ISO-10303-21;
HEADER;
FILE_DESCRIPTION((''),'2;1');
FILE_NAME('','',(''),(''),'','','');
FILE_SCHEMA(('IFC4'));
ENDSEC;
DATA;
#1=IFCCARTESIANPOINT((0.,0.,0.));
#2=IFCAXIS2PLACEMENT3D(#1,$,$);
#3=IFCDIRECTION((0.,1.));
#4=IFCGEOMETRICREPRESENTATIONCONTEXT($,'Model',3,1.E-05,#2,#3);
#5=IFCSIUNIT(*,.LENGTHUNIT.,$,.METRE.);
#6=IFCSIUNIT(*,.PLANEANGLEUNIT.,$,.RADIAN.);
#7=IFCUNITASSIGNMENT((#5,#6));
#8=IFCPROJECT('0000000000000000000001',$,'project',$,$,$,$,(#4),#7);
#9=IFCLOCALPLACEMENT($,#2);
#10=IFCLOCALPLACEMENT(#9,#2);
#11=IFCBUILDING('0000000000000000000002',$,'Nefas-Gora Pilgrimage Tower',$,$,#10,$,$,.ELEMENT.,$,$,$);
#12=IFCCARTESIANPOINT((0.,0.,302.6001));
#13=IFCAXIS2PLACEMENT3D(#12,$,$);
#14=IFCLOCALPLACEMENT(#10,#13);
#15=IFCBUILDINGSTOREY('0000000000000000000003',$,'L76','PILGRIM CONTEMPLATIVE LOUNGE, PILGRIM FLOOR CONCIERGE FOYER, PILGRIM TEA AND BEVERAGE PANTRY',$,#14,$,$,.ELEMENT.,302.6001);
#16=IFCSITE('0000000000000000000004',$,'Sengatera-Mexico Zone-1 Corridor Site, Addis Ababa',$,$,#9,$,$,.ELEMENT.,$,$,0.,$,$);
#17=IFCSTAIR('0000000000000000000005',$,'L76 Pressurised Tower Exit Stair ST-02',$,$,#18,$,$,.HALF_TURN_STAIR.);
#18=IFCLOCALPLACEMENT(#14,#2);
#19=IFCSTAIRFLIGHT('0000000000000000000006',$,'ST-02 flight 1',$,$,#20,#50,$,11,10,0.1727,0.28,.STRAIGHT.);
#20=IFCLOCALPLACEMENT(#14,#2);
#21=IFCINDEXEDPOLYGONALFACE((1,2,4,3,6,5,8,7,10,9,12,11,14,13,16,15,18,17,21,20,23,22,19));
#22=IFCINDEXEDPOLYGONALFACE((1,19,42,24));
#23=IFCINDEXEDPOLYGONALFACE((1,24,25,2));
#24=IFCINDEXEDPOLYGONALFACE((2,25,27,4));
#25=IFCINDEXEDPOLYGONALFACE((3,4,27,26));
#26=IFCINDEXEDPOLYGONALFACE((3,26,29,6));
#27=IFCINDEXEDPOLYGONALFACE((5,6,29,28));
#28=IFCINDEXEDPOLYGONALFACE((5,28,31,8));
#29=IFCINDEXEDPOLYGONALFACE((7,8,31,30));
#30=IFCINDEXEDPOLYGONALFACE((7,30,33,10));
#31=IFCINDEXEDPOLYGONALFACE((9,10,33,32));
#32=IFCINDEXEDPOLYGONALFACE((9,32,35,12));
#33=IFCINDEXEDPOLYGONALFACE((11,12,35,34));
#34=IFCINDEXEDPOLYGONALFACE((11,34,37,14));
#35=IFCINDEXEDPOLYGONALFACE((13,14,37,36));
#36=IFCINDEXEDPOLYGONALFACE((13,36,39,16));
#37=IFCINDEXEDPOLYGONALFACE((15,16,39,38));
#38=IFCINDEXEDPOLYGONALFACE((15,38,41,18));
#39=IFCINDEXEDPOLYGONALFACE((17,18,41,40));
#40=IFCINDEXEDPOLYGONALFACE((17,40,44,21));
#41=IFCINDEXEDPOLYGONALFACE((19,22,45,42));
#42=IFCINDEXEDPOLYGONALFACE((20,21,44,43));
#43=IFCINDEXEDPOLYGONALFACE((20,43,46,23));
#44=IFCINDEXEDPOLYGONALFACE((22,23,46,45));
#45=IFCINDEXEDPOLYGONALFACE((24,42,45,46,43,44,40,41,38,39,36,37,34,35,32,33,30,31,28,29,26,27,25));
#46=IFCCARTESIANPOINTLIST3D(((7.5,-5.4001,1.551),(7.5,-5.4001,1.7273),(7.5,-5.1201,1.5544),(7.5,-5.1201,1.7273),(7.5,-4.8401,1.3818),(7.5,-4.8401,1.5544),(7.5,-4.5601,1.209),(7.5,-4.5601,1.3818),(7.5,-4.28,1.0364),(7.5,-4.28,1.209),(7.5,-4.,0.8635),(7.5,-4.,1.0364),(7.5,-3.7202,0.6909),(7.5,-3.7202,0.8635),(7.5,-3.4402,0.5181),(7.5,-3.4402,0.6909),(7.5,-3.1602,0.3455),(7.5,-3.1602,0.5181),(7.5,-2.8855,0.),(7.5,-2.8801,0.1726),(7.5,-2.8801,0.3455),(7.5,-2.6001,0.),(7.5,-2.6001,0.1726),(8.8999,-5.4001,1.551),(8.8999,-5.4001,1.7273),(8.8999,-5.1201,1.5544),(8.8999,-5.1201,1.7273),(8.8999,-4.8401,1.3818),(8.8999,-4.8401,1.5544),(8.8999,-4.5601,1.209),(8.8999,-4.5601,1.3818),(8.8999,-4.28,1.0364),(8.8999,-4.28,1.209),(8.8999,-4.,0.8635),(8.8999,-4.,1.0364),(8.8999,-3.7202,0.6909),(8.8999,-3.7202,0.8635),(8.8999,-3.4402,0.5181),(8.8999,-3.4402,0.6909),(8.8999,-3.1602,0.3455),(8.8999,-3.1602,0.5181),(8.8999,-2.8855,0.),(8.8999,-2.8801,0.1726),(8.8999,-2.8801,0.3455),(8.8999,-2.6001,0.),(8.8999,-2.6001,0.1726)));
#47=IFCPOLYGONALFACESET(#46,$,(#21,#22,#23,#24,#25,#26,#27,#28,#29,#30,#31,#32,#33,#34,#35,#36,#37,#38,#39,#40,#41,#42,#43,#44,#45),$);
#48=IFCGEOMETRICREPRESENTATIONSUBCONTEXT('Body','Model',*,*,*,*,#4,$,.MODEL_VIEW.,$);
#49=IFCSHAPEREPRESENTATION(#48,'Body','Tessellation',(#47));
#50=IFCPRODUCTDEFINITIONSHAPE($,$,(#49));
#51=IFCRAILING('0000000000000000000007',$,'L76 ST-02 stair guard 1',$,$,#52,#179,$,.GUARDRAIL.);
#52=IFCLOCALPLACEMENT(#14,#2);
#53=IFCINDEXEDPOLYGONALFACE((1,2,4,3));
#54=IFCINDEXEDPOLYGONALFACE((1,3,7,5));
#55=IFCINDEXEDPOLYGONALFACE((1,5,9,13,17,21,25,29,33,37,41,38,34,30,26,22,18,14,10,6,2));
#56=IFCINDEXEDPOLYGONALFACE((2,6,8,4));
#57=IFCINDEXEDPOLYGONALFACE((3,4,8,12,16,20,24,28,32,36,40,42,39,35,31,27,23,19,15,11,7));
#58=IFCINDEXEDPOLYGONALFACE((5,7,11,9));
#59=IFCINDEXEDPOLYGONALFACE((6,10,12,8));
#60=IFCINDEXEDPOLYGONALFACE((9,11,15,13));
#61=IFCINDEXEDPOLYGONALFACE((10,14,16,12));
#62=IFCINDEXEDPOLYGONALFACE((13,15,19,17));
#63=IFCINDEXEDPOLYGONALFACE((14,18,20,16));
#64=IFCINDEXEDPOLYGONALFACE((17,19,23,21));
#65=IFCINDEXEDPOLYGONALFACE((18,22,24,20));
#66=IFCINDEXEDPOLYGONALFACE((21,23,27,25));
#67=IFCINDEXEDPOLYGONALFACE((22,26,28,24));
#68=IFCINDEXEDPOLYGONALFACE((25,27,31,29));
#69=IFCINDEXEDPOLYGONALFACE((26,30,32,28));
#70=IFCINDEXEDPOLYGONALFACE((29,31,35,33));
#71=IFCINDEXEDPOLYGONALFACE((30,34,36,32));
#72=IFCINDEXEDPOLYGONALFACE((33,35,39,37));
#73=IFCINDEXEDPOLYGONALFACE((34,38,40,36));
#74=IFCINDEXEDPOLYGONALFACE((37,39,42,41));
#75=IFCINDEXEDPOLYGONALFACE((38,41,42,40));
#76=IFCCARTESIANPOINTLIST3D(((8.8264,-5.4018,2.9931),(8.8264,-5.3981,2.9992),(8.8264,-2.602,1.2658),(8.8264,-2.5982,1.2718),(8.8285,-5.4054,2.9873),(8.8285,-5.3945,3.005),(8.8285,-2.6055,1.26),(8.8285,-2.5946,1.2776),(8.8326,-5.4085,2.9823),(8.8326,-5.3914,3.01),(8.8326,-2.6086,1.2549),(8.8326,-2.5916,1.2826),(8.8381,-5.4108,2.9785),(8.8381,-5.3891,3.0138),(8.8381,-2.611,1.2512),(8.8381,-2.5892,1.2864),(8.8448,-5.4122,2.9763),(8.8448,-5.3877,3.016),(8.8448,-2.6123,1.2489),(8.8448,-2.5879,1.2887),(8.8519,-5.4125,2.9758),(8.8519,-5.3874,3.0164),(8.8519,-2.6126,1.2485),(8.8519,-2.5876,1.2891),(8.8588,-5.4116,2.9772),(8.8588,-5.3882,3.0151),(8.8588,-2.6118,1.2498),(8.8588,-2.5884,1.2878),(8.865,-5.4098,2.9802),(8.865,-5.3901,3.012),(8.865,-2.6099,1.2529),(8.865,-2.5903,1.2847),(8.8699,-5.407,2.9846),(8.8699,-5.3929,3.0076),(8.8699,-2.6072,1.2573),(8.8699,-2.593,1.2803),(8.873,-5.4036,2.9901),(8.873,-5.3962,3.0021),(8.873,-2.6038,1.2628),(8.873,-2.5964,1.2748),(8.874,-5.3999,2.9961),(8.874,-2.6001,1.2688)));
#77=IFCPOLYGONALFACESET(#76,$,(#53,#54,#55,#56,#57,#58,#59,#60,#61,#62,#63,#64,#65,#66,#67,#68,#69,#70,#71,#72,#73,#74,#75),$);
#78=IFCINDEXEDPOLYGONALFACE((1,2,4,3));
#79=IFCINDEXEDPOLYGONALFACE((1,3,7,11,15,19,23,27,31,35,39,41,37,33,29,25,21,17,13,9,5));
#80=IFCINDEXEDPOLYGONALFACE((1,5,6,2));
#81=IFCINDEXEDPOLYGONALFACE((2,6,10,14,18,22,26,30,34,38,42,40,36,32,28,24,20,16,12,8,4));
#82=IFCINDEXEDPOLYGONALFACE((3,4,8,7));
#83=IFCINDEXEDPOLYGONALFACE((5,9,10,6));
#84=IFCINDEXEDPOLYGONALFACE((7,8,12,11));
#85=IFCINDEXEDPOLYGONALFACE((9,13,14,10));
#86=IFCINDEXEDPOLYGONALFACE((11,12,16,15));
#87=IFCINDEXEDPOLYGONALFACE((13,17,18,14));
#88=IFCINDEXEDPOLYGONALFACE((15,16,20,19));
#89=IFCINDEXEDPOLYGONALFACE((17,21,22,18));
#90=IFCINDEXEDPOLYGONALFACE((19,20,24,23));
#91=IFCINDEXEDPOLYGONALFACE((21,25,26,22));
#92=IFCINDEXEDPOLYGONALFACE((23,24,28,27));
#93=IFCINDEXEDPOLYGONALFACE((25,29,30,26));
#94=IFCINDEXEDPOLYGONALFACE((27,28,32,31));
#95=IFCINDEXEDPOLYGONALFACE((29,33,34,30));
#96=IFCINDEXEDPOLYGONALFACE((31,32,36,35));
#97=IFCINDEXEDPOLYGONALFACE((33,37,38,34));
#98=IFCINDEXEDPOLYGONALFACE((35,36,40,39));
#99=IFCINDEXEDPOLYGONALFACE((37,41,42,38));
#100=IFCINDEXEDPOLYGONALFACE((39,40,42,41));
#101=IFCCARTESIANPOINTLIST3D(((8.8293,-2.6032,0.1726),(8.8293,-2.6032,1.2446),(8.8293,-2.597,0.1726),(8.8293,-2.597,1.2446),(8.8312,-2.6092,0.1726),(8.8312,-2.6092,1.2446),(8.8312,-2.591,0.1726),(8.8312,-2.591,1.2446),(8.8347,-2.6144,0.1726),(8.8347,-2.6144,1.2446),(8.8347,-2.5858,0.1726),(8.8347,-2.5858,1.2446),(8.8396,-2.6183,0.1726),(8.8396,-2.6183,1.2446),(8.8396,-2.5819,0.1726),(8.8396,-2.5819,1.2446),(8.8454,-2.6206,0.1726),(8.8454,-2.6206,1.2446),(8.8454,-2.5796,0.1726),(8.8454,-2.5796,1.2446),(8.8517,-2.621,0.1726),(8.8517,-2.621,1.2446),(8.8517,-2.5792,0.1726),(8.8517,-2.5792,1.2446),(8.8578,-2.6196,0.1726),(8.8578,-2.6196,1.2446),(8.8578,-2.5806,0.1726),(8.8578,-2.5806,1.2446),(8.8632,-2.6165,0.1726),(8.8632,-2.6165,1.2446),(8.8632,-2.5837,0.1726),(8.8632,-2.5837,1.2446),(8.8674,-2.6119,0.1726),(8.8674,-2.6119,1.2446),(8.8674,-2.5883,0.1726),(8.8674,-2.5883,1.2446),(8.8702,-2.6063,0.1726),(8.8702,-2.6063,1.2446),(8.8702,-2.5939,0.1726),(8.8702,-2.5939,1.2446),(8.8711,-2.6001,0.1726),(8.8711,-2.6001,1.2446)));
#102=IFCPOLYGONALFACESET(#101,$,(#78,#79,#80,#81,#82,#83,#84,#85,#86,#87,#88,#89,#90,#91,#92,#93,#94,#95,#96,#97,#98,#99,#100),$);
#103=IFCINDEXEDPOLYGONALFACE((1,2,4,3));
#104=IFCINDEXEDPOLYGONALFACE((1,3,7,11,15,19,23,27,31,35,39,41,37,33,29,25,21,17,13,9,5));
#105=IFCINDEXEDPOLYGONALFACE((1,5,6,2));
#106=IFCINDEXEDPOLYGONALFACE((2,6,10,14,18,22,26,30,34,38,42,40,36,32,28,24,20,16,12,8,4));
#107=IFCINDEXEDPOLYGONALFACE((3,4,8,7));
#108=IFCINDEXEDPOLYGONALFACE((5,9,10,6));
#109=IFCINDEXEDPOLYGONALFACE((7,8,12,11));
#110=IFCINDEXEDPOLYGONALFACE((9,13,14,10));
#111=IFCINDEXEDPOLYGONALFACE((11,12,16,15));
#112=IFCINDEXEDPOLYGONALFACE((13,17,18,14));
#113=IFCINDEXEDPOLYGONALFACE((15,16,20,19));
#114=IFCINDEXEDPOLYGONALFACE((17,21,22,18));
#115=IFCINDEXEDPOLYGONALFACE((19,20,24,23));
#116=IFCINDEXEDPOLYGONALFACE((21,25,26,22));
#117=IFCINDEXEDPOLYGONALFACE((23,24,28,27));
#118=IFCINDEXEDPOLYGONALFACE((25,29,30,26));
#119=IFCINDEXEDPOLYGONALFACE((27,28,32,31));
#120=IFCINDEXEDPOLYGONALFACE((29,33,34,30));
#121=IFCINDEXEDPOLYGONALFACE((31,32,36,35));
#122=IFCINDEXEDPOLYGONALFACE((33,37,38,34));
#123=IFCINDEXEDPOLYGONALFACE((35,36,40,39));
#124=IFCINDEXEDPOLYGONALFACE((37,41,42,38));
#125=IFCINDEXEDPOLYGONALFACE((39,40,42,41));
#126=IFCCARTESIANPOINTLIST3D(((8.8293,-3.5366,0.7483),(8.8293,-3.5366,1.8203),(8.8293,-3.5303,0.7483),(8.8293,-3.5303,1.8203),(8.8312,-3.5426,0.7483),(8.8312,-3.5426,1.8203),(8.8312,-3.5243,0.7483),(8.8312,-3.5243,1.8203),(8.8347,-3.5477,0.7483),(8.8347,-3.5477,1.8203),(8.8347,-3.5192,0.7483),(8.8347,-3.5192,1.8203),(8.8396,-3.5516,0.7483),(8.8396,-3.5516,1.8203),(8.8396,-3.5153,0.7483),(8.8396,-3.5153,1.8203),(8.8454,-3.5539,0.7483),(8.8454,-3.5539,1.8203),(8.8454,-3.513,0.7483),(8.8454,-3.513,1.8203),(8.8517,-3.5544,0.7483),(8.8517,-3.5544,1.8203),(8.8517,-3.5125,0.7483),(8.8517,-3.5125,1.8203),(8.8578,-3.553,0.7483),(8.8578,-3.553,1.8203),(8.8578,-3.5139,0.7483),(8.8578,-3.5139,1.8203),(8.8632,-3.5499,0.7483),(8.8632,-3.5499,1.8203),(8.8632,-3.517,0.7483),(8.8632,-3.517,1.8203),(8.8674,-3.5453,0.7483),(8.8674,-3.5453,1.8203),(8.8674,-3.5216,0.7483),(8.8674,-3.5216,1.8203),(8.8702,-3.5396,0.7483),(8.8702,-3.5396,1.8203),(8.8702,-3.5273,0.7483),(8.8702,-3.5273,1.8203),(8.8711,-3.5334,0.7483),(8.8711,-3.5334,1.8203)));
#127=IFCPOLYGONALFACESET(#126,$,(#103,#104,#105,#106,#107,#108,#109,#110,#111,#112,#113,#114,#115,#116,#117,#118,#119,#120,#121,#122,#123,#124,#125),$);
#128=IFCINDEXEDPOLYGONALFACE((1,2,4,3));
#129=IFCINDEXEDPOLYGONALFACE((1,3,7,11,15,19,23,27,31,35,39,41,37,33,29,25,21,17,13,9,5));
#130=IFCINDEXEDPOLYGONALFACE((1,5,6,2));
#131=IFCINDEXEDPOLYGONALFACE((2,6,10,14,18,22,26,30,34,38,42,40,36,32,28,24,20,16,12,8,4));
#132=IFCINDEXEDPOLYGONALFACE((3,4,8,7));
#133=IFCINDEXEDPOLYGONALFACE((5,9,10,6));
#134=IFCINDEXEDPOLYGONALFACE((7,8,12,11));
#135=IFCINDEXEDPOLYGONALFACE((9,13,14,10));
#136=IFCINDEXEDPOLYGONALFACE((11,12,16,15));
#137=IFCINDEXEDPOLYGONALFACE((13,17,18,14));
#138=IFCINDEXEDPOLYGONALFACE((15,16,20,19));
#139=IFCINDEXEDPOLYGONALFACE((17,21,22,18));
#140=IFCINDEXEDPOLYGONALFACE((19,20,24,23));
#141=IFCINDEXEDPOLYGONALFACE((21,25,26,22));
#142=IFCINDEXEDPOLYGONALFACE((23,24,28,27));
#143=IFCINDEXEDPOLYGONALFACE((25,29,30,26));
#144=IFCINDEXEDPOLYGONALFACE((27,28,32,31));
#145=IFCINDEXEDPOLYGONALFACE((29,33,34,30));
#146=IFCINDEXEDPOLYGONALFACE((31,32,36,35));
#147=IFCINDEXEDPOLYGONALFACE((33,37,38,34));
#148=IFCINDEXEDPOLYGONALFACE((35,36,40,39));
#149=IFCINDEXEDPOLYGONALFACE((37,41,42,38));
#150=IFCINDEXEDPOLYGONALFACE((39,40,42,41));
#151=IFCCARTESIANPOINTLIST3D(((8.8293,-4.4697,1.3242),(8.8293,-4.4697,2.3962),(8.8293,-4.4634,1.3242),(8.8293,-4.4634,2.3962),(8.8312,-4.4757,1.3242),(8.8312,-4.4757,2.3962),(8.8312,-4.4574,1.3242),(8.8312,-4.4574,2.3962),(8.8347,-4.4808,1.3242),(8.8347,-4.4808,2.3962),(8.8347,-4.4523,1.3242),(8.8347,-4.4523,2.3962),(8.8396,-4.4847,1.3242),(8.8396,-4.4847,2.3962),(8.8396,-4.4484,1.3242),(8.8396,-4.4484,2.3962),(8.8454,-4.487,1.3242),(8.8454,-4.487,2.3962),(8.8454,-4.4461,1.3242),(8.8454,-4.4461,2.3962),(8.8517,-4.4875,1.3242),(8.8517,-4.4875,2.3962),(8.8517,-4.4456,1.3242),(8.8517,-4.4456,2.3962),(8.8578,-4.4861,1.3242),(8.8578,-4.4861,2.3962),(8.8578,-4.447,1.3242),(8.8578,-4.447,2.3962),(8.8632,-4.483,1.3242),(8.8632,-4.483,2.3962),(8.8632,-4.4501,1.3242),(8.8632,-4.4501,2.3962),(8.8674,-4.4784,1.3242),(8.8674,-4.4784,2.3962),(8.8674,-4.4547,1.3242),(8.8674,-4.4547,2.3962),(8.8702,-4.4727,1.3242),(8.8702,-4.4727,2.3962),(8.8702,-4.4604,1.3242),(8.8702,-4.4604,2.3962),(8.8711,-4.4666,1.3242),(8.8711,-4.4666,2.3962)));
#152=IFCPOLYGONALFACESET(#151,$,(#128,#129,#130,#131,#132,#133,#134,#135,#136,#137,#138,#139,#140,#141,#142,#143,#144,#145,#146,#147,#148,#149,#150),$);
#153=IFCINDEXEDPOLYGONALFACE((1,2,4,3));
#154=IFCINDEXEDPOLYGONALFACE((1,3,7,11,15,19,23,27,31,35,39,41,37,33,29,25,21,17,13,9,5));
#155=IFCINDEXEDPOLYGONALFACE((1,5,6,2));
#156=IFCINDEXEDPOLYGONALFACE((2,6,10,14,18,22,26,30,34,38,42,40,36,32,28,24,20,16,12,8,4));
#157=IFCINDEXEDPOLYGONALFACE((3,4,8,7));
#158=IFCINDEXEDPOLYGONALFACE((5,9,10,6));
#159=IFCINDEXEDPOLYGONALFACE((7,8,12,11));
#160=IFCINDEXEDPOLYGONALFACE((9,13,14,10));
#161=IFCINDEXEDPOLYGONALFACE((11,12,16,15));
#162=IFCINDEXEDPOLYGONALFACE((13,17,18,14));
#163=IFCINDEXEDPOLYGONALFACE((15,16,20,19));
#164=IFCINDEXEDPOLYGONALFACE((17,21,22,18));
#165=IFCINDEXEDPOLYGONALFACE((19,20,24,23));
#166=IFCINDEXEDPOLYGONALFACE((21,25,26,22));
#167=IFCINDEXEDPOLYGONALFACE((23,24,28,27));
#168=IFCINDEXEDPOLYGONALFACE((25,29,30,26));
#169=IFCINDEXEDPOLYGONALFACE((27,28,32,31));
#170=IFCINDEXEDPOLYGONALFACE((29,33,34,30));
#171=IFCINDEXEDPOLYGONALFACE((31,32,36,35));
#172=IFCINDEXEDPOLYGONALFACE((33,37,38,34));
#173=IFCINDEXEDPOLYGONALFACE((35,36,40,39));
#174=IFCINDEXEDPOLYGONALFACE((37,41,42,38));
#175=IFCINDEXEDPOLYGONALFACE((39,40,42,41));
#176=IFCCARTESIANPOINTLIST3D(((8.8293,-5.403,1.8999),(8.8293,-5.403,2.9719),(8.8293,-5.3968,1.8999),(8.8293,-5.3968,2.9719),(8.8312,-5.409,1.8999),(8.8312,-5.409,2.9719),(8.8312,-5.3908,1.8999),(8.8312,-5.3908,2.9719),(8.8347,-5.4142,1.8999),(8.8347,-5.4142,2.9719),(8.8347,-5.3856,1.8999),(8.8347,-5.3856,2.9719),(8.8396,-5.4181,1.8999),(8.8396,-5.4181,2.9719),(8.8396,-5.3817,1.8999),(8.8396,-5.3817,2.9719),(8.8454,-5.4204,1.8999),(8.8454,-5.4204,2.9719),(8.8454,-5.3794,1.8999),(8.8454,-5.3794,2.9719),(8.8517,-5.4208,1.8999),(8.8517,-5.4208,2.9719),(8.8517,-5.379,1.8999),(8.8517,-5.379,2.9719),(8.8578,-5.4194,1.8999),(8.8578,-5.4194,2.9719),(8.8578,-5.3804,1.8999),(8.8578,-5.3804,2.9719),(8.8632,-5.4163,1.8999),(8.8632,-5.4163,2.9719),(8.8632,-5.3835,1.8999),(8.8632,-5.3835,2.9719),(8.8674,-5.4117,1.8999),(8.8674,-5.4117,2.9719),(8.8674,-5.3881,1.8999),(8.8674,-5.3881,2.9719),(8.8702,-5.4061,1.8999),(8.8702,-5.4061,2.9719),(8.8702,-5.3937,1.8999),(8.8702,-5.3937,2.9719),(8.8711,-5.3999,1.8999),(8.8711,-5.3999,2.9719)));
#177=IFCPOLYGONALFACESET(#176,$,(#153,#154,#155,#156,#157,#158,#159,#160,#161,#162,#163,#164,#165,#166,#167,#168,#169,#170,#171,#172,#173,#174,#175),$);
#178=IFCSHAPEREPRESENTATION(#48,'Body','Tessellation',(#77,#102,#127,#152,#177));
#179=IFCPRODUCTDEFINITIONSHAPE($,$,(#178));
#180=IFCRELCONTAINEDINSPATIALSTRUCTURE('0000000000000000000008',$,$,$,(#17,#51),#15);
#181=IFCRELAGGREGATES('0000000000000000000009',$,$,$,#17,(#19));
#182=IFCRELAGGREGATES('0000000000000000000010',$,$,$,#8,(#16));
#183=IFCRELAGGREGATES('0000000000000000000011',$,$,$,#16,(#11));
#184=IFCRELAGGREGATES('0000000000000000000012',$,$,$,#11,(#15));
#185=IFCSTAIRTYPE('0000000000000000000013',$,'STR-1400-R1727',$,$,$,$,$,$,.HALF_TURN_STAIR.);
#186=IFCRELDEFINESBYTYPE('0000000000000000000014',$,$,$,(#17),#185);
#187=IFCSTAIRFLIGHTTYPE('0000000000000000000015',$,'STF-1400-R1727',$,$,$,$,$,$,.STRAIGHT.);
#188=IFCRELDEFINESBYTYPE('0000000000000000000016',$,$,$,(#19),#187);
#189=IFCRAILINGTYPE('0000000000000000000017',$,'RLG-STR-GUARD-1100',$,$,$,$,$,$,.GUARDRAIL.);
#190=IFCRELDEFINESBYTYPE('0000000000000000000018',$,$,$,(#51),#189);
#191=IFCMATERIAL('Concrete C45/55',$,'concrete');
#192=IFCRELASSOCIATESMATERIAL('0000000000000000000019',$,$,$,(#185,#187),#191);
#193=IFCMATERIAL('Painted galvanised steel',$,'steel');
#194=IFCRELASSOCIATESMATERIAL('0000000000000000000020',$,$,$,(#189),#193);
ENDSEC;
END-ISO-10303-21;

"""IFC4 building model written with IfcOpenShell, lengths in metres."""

from ifc_helpers import new_model, si_unit, direction, frame, origin, origin_2d, place, context, subcontext, project, spatial, polyline, circle, outline, extrude, source, transform, mapped, material, type_object, element, aggregate, save


model = new_model("IFC4")

# Units and contexts
model_context = context("Model", 3, precision=1e-05, world=origin(), true_north=direction((0.0, 1.0)))
body_context = subcontext(model_context, "Body", "Model", "MODEL_VIEW")
ifc_project = project(units=[si_unit("LENGTHUNIT", "METRE"), si_unit("PLANEANGLEUNIT", "RADIAN")], contexts=[model_context])

# Site, building, storey
site_placement = place(None, origin())
site = spatial("IfcSite", under=ifc_project, at=site_placement, Name="Sengatera-Mexico Zone-1 Corridor Site, Addis Ababa", CompositionType="ELEMENT", RefElevation=0.0)
building_placement = place(site_placement, origin())
building = spatial("IfcBuilding", under=site, at=building_placement, Name="Nefas-Gora Pilgrimage Tower", CompositionType="ELEMENT")
storey_placement = place(building_placement, frame((0.0, 0.0, 302.6001)))
storey = spatial("IfcBuildingStorey", under=building, at=storey_placement, Name="L76", Description="PILGRIM CONTEMPLATIVE LOUNGE, PILGRIM FLOOR CONCIERGE FOYER, PILGRIM TEA AND BEVERAGE PANTRY", CompositionType="ELEMENT", Elevation=302.6001)

# Shared definitions
ifc_material_1 = material(Name="Concrete C45/55", Category="concrete")

# Stair, stair flight
stair_type = type_object("IfcStairType", Name="STR-1400-R1727", PredefinedType="HALF_TURN_STAIR", material=ifc_material_1)
stair_placement = place(storey_placement, origin())
stair = element("IfcStair", 1, at=stair_placement, inside=storey, type_object=stair_type, Name="L76 Pressurised Tower Exit Stair ST-02", PredefinedType="HALF_TURN_STAIR")
stair_flight_type = type_object("IfcStairFlightType", Name="STF-1400-R1727", PredefinedType="STRAIGHT", material=ifc_material_1)
shared_shape_1 = source(origin(), body_context, "Body", "SweptSolid", [
    extrude(outline(polyline([(0.0, 0.0), (0.0, 0.1726), (0.28, 0.1726), (0.28, 0.3455), (0.5601, 0.3455), (0.5601, 0.5181), (0.8401, 0.5181), (0.8401, 0.6909), (1.1201, 0.6909), (1.1201, 0.8635), (1.3999, 0.8635), (1.3999, 1.0364), (1.6799, 1.0364), (1.6799, 1.209), (1.96, 1.209), (1.96, 1.3818), (2.24, 1.3818), (2.24, 1.5544), (2.52, 1.5544), (2.52, 1.7273), (2.8, 1.7273), (2.8, 1.8999), (2.8, 1.551), (0.2854, 0.0), (0.0, 0.0)])), frame((0.0, 0.7, 0.0), z_axis=(0.0, -1.0, 0.0), x_axis=(1.0, 0.0, 0.0)), (0.0, 0.0, 1.0), 1.3999),
])
stair_flight_placement = place(storey_placement, frame((8.2, -2.6001, 0.0), z_axis=(0.0, 0.0, 1.0), x_axis=(0.0, -1.0, 0.0)))
stair_flight = element("IfcStairFlight", 2, at=stair_flight_placement, type_object=stair_flight_type, Name="ST-02 flight 1", NumberOfRisers=11, NumberOfTreads=10, PredefinedType="STRAIGHT", RiserHeight=0.1727, TreadLength=0.28, context=body_context, shape_type="MappedRepresentation", body=[
    mapped(shared_shape_1, transform((0.0, 0.0, 0.0), x_axis=(1.0, 0.0, 0.0), y_axis=(0.0, 1.0, 0.0), z_axis=(0.0, 0.0, 1.0), scale=1.0)),
])
aggregate(stair, [stair_flight])

# Railing
ifc_material_2 = material(Name="Painted galvanised steel", Category="steel")
railing_type_1 = type_object("IfcRailingType", Name="RLG-STR-GUARD-1100", PredefinedType="GUARDRAIL", material=ifc_material_2)
railing_1_placement = place(storey_placement, frame((8.8501, -2.6001, 0.1726)))
element("IfcRailing", 3, at=railing_1_placement, inside=storey, type_object=railing_type_1, Name="L76 ST-02 stair guard 1", PredefinedType="GUARDRAIL", context=body_context, shape_type="SweptSolid", body=[
    extrude(circle(Radius=0.0239, at=origin_2d()), frame((0.0, 0.0, 1.0962), z_axis=(0.0, -0.851069, 0.525054), x_axis=(1.0, 0.0, 0.0)), (0.0, 0.0, 1.0), 3.2898),
    extrude(circle(Radius=0.021, at=origin_2d()), origin(), (0.0, 0.0, 1.0), 1.072),
    extrude(circle(Radius=0.021, at=origin_2d()), frame((0.0, -0.9333, 0.5757)), (0.0, 0.0, 1.0), 1.072),
    extrude(circle(Radius=0.021, at=origin_2d()), frame((0.0, -1.8665, 1.1516)), (0.0, 0.0, 1.0), 1.072),
    extrude(circle(Radius=0.021, at=origin_2d()), frame((0.0, -2.7998, 1.7273)), (0.0, 0.0, 1.0), 1.072),
])

save(model, "model.ifc")
